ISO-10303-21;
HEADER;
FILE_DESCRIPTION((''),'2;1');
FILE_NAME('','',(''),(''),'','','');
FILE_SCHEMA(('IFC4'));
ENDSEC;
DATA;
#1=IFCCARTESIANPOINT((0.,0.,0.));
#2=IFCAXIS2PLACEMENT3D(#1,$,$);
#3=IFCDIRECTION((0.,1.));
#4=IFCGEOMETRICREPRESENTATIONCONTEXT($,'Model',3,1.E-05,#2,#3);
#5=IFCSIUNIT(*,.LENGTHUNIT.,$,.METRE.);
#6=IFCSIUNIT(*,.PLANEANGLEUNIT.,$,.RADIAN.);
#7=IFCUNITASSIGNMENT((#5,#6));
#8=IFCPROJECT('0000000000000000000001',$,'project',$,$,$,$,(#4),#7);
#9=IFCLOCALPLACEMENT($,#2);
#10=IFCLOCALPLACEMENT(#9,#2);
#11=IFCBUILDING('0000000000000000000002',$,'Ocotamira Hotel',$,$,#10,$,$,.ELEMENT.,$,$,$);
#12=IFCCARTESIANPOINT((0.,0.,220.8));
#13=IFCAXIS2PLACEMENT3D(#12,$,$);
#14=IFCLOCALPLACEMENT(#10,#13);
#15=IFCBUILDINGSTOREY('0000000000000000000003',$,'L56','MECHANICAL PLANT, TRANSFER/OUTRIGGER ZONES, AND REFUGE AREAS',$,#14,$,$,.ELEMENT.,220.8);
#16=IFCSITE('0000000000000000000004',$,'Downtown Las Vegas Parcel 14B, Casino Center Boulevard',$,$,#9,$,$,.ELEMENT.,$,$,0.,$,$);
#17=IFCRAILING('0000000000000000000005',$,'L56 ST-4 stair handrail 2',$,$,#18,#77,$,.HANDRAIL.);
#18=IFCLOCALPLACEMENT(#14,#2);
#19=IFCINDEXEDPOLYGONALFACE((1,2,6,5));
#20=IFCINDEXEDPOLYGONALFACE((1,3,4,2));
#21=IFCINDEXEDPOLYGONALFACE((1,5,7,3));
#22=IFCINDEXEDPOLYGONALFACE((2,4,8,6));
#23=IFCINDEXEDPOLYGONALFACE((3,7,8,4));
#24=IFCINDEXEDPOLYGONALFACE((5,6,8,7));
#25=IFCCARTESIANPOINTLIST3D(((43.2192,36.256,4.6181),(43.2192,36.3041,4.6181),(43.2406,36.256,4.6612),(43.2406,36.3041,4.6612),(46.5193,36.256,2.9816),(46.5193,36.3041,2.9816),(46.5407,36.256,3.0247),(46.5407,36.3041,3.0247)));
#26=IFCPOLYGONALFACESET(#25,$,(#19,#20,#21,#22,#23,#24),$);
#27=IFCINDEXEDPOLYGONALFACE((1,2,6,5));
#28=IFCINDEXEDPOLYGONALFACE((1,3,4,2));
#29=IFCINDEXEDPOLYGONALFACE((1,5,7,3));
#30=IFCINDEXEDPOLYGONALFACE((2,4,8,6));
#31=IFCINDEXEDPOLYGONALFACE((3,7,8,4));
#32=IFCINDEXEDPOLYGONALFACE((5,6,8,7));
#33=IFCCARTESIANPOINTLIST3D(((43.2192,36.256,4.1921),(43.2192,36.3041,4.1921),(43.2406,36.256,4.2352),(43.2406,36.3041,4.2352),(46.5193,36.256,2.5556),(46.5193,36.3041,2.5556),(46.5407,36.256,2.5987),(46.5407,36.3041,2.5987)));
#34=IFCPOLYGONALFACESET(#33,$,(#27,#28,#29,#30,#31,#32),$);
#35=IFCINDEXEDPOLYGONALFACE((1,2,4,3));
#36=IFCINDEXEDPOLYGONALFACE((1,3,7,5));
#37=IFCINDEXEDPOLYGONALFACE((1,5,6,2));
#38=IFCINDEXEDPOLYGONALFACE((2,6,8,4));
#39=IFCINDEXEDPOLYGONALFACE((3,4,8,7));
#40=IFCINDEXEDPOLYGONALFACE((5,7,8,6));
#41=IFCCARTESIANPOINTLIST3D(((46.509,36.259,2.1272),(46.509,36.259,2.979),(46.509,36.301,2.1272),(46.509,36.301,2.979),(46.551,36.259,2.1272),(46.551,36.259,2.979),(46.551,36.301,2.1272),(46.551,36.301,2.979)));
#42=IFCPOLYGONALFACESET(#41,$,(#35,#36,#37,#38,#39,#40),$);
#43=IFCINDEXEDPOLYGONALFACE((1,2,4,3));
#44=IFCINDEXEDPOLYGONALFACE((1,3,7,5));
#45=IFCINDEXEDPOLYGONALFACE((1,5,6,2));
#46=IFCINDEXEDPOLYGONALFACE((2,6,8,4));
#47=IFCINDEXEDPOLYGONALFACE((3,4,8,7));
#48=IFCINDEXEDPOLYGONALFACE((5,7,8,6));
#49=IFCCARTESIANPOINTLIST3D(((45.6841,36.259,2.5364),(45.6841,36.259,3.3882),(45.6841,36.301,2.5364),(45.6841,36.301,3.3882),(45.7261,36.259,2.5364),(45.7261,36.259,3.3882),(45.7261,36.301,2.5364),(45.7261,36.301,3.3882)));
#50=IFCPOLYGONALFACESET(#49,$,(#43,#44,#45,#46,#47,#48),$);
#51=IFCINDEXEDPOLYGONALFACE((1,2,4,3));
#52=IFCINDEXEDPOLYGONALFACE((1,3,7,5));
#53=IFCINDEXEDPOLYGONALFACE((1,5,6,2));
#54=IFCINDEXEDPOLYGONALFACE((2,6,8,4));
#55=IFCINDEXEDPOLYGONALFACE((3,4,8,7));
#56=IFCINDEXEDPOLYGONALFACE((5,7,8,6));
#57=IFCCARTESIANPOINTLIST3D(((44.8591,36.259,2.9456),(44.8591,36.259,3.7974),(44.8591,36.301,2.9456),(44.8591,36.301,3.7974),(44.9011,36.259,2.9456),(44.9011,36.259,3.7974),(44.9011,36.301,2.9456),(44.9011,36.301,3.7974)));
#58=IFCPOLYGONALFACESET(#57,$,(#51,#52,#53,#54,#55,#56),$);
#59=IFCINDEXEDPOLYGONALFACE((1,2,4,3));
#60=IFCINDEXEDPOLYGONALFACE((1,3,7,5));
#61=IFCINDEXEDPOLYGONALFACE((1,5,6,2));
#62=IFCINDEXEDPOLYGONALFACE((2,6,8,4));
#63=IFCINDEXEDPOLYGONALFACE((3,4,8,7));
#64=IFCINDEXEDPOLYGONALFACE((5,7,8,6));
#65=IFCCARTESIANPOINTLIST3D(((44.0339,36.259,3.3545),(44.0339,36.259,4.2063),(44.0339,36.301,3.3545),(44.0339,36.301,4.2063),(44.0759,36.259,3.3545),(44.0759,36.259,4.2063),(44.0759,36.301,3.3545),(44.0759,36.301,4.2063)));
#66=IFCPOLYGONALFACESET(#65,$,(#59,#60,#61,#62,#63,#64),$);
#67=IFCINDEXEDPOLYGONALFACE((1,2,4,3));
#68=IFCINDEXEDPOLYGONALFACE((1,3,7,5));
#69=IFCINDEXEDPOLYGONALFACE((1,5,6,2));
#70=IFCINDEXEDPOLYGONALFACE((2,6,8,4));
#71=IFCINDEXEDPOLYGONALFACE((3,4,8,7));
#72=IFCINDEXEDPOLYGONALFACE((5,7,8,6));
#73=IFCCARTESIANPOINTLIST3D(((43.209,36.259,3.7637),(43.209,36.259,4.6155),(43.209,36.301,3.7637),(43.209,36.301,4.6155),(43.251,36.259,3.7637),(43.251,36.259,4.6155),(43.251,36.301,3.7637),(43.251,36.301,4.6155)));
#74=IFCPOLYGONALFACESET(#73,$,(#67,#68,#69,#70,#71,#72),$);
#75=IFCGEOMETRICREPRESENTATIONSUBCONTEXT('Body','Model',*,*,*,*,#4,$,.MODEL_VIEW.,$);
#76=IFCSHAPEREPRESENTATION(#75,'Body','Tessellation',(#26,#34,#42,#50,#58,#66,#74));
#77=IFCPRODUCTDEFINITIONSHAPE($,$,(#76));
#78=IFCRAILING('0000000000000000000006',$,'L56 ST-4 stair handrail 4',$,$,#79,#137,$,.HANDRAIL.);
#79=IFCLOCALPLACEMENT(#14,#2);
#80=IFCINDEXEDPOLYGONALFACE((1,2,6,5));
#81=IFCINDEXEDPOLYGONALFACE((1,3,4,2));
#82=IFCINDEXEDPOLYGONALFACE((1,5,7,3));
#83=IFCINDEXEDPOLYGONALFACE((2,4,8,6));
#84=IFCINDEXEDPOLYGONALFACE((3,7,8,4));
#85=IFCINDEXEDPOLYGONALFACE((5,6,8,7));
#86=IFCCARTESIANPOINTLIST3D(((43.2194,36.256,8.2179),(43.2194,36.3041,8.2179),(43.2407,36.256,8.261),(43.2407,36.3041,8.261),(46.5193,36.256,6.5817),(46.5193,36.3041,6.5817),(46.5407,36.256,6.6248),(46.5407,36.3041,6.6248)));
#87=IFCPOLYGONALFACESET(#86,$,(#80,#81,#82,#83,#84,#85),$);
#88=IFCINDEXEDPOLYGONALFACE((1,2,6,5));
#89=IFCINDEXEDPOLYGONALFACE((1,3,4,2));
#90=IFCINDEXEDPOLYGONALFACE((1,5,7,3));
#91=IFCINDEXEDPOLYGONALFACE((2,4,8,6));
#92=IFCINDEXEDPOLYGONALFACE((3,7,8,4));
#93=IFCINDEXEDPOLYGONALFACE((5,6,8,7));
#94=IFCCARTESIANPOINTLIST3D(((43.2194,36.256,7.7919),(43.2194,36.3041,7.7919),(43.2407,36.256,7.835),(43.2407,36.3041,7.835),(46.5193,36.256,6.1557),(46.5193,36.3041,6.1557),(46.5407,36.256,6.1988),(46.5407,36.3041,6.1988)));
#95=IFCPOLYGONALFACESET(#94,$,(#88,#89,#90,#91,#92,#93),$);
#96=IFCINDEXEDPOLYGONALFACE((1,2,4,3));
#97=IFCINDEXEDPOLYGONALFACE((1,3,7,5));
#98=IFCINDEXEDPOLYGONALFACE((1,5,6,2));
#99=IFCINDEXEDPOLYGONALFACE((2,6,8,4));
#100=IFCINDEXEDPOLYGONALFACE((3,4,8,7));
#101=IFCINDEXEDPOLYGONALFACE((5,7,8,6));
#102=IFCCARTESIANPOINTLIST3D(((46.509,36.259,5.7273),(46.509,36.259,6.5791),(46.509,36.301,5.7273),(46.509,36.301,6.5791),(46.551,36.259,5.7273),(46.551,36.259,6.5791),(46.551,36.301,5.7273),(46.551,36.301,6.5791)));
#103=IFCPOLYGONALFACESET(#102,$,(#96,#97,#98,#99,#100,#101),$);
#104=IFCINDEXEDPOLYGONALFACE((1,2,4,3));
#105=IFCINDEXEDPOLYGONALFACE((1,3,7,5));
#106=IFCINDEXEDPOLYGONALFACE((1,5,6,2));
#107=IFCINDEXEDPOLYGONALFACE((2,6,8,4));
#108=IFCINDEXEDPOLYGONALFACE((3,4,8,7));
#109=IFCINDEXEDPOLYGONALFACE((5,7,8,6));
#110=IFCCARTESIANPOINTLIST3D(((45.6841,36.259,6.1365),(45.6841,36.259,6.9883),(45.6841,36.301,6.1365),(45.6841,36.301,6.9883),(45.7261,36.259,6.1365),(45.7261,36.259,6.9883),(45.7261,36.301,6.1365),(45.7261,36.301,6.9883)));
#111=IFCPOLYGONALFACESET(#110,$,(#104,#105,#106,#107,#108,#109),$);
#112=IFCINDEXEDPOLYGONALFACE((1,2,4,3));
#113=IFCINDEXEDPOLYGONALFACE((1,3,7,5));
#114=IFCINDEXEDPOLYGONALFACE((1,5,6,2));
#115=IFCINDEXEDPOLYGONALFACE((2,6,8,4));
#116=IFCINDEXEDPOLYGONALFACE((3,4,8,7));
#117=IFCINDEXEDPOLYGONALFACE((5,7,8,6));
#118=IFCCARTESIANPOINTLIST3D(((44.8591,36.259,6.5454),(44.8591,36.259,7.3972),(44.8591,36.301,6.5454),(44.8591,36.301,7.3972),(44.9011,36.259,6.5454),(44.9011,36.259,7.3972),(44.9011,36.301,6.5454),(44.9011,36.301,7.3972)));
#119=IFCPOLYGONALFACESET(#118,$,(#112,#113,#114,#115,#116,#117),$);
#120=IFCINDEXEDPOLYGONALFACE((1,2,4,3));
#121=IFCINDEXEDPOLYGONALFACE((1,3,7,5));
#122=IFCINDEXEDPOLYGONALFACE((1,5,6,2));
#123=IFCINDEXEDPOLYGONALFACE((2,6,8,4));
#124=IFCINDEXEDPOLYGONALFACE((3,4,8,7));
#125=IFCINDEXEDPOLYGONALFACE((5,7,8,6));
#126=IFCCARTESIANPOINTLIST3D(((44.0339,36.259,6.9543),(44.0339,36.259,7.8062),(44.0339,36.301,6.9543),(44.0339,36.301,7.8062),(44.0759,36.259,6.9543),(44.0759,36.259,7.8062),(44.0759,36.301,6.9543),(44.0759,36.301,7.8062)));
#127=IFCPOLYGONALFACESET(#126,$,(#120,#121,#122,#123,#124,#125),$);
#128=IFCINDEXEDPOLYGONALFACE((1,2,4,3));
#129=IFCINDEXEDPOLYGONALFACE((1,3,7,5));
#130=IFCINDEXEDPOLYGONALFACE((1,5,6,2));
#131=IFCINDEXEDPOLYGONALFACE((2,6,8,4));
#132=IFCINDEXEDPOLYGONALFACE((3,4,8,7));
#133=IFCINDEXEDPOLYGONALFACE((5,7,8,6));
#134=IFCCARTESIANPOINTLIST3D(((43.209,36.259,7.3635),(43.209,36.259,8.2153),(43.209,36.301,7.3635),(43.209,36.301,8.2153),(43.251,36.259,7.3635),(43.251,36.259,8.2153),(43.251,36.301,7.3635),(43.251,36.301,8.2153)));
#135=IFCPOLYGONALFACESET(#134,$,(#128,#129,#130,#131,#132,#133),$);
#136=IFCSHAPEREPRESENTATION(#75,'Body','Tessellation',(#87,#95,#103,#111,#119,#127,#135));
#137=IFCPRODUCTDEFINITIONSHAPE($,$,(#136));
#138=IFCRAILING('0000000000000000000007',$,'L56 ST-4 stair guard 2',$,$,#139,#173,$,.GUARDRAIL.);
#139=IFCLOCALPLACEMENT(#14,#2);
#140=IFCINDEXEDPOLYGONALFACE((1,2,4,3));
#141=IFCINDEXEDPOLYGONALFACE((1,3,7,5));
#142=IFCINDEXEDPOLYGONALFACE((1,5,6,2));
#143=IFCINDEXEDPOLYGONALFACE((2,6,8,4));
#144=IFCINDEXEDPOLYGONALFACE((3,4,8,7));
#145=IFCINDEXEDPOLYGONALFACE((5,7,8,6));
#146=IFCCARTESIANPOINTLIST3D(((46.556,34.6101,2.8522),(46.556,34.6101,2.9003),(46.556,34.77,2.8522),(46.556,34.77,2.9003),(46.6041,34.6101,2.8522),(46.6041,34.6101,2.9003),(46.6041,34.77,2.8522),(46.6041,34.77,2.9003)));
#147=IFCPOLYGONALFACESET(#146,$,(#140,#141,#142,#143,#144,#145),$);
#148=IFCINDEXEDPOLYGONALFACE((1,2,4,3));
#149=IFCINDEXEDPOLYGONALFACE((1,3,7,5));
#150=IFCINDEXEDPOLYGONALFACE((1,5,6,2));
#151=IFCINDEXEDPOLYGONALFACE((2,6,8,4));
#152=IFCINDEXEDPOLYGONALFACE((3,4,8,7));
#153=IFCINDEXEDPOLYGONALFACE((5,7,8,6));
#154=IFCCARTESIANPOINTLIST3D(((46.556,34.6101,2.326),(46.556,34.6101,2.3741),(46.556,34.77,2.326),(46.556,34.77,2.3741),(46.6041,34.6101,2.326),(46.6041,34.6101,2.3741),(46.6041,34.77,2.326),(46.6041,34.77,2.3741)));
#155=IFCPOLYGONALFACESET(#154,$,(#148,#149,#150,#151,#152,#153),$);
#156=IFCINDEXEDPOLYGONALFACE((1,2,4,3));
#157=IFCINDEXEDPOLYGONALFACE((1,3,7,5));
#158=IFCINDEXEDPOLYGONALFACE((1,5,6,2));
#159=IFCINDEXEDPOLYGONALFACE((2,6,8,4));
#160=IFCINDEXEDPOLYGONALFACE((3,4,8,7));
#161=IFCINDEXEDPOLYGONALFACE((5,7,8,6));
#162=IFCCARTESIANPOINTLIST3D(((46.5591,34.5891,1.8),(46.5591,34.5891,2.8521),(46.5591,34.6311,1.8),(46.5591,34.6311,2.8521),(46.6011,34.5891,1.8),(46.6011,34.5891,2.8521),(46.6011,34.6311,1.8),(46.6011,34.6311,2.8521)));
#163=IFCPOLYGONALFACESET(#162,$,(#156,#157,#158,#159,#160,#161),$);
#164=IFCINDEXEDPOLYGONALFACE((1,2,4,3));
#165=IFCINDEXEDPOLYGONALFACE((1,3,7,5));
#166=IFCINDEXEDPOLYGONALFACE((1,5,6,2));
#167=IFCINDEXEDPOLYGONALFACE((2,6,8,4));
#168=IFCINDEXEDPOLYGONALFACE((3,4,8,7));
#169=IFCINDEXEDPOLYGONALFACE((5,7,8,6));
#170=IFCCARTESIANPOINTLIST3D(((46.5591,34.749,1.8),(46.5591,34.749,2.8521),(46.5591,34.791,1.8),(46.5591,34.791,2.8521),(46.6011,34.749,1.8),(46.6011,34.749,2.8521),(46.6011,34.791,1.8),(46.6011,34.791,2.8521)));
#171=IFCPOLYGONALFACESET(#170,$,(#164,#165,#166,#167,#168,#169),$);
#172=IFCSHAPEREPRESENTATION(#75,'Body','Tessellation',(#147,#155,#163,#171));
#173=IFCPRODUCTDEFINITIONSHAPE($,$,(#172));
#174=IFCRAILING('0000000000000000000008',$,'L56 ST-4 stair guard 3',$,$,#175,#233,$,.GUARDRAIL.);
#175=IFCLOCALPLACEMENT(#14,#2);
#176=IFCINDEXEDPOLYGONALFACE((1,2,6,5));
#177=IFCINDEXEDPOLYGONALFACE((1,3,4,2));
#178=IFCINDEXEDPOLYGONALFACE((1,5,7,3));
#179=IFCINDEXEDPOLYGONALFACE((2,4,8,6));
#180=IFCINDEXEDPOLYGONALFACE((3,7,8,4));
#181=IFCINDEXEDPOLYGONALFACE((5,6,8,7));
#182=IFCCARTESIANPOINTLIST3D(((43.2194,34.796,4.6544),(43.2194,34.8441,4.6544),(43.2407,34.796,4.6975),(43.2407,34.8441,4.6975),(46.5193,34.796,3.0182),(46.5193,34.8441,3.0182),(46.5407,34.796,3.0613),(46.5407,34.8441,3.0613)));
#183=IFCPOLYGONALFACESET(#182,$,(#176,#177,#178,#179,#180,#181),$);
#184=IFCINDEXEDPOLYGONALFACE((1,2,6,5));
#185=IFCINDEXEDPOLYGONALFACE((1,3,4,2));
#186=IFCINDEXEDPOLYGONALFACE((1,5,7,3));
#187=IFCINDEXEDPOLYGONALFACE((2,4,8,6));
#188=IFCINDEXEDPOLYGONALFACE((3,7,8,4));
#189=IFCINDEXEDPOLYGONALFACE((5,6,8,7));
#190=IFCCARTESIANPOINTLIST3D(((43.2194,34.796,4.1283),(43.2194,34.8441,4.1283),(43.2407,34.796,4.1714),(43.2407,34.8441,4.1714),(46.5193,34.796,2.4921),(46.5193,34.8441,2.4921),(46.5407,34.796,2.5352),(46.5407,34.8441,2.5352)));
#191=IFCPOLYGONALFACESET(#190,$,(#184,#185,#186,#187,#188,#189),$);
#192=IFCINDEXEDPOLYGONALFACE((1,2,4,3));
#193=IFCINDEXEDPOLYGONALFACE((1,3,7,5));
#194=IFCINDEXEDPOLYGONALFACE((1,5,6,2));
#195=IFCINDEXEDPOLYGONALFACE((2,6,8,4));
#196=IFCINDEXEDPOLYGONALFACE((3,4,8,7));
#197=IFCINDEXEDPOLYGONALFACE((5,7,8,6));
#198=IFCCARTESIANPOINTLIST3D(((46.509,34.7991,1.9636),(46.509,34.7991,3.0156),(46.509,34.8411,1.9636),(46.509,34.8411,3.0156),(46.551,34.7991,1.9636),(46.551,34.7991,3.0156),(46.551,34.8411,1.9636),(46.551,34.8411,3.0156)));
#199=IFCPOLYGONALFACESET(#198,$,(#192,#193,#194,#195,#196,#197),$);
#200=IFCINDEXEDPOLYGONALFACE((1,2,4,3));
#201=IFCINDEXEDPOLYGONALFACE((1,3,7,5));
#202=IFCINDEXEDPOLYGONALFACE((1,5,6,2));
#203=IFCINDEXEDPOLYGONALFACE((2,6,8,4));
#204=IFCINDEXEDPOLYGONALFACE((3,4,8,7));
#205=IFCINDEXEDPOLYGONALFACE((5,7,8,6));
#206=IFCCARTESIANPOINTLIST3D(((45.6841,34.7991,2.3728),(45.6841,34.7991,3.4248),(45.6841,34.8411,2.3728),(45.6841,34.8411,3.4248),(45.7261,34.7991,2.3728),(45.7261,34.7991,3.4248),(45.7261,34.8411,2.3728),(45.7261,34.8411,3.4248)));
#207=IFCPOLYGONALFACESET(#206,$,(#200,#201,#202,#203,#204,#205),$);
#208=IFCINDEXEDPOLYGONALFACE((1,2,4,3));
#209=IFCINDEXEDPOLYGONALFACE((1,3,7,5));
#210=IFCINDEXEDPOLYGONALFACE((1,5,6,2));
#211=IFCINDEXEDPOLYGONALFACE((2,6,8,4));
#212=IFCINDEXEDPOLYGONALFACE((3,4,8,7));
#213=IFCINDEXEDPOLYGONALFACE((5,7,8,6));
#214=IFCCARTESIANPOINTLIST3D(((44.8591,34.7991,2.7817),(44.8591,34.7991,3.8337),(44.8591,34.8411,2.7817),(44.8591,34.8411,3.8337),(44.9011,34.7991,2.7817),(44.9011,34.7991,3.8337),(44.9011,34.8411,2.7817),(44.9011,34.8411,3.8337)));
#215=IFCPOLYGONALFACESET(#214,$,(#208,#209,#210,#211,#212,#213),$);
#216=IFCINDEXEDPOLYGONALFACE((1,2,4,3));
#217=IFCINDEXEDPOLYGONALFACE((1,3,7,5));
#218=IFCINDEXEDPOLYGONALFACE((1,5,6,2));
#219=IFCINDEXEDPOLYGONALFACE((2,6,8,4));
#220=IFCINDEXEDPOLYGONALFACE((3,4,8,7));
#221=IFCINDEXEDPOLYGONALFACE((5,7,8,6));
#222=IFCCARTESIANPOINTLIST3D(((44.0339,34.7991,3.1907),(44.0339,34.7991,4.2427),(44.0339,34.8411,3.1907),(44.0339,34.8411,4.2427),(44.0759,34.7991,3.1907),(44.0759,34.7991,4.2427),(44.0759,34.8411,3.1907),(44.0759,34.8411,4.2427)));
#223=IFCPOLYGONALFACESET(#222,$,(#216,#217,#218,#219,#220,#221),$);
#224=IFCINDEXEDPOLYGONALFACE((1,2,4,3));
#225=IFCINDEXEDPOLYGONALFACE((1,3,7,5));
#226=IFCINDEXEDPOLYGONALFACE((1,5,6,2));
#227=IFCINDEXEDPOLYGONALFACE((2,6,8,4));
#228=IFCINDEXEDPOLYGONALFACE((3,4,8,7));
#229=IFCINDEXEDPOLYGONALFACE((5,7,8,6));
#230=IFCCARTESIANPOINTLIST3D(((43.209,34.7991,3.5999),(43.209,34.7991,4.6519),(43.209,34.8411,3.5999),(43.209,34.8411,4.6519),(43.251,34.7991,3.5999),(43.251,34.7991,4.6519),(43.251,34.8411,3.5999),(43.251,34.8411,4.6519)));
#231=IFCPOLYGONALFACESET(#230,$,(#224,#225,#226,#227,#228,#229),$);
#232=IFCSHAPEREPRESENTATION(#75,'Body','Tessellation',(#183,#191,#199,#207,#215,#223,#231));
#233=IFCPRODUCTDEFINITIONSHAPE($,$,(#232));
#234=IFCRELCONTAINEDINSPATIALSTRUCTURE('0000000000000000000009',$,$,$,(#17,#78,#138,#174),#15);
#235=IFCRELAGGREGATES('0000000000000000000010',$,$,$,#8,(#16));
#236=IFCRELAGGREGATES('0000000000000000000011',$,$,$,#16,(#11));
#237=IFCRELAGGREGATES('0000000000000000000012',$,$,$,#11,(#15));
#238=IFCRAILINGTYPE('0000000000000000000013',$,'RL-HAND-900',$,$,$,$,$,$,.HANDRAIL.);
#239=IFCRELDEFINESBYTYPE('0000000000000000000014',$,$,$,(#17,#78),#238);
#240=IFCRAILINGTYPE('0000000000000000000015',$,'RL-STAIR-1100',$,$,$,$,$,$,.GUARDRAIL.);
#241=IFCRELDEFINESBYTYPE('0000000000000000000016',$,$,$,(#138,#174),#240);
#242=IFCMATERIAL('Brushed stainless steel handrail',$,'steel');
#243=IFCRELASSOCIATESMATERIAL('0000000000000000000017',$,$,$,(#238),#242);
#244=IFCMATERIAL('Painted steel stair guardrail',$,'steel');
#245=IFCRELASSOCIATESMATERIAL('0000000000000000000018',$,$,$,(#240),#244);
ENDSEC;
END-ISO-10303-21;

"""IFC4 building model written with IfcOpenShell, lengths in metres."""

from ifc_helpers import new_model, si_unit, direction, frame, origin, origin_2d, place, context, subcontext, project, spatial, rectangle, extrude, material, type_object, element, save


model = new_model("IFC4")

# Units and contexts
model_context = context("Model", 3, precision=1e-05, world=origin(), true_north=direction((0.0, 1.0)))
body_context = subcontext(model_context, "Body", "Model", "MODEL_VIEW")
ifc_project = project(units=[si_unit("LENGTHUNIT", "METRE"), si_unit("PLANEANGLEUNIT", "RADIAN")], contexts=[model_context])

# Site, building, storey
site_placement = place(None, origin())
site = spatial("IfcSite", under=ifc_project, at=site_placement, Name="Downtown Las Vegas Parcel 14B, Casino Center Boulevard", CompositionType="ELEMENT", RefElevation=0.0)
building_placement = place(site_placement, origin())
building = spatial("IfcBuilding", under=site, at=building_placement, Name="Ocotamira Hotel", CompositionType="ELEMENT")
storey_placement = place(building_placement, frame((0.0, 0.0, 220.8)))
storey = spatial("IfcBuildingStorey", under=building, at=storey_placement, Name="L56", Description="MECHANICAL PLANT, TRANSFER/OUTRIGGER ZONES, AND REFUGE AREAS", CompositionType="ELEMENT", Elevation=220.8)

# Railings
ifc_material_1 = material(Name="Brushed stainless steel handrail", Category="steel")
railing_type_1 = type_object("IfcRailingType", Name="RL-HAND-900", PredefinedType="HANDRAIL", material=ifc_material_1)
railing_1_placement = place(storey_placement, frame((46.53, 36.28, 2.1272)))
element("IfcRailing", 1, at=railing_1_placement, inside=storey, type_object=railing_type_1, Name="L56 ST-4 stair handrail 2", PredefinedType="HANDRAIL", context=body_context, shape_type="SweptSolid", body=[
    extrude(rectangle(XDim=0.0481, YDim=0.0481, at=origin_2d()), frame((0.0, 0.0, 0.876), z_axis=(-0.895894, 0.0, 0.444268), x_axis=(0.0, -1.0, 0.0)), (0.0, 0.0, 1.0), 3.6836),
    extrude(rectangle(XDim=0.0481, YDim=0.0481, at=origin_2d()), frame((0.0, 0.0, 0.45), z_axis=(-0.895894, 0.0, 0.444268), x_axis=(0.0, -1.0, 0.0)), (0.0, 0.0, 1.0), 3.6836),
    extrude(rectangle(XDim=0.042, YDim=0.042, at=origin_2d()), origin(), (0.0, 0.0, 1.0), 0.8518),
    extrude(rectangle(XDim=0.042, YDim=0.042, at=origin_2d()), frame((-0.825, 0.0, 0.4092)), (0.0, 0.0, 1.0), 0.8518),
    extrude(rectangle(XDim=0.042, YDim=0.042, at=origin_2d()), frame((-1.6499, 0.0, 0.8184)), (0.0, 0.0, 1.0), 0.8518),
    extrude(rectangle(XDim=0.042, YDim=0.042, at=origin_2d()), frame((-2.4751, 0.0, 1.2273)), (0.0, 0.0, 1.0), 0.8518),
    extrude(rectangle(XDim=0.042, YDim=0.042, at=origin_2d()), frame((-3.3, 0.0, 1.6365)), (0.0, 0.0, 1.0), 0.8518),
])
railing_2_placement = place(storey_placement, frame((46.53, 36.28, 5.7273)))
element("IfcRailing", 2, at=railing_2_placement, inside=storey, type_object=railing_type_1, Name="L56 ST-4 stair handrail 4", PredefinedType="HANDRAIL", context=body_context, shape_type="SweptSolid", body=[
    extrude(rectangle(XDim=0.0481, YDim=0.0481, at=origin_2d()), frame((0.0, 0.0, 0.876), z_axis=(-0.89592, 0.0, 0.444215), x_axis=(0.0, -1.0, 0.0)), (0.0, 0.0, 1.0), 3.6833),
    extrude(rectangle(XDim=0.0481, YDim=0.0481, at=origin_2d()), frame((0.0, 0.0, 0.45), z_axis=(-0.89592, 0.0, 0.444215), x_axis=(0.0, -1.0, 0.0)), (0.0, 0.0, 1.0), 3.6833),
    extrude(rectangle(XDim=0.042, YDim=0.042, at=origin_2d()), origin(), (0.0, 0.0, 1.0), 0.8518),
    extrude(rectangle(XDim=0.042, YDim=0.042, at=origin_2d()), frame((-0.825, 0.0, 0.4092)), (0.0, 0.0, 1.0), 0.8518),
    extrude(rectangle(XDim=0.042, YDim=0.042, at=origin_2d()), frame((-1.6499, 0.0, 0.8181)), (0.0, 0.0, 1.0), 0.8518),
    extrude(rectangle(XDim=0.042, YDim=0.042, at=origin_2d()), frame((-2.4751, 0.0, 1.2271)), (0.0, 0.0, 1.0), 0.8518),
    extrude(rectangle(XDim=0.042, YDim=0.042, at=origin_2d()), frame((-3.3, 0.0, 1.6362)), (0.0, 0.0, 1.0), 0.8518),
])
ifc_material_2 = material(Name="Painted steel stair guardrail", Category="steel")
railing_type_2 = type_object("IfcRailingType", Name="RL-STAIR-1100", PredefinedType="GUARDRAIL", material=ifc_material_2)
railing_3_placement = place(storey_placement, frame((46.5801, 34.6101, 1.8)))
element("IfcRailing", 3, at=railing_3_placement, inside=storey, type_object=railing_type_2, Name="L56 ST-4 stair guard 2", PredefinedType="GUARDRAIL", context=body_context, shape_type="SweptSolid", body=[
    extrude(rectangle(XDim=0.0481, YDim=0.0481, at=origin_2d()), frame((0.0, 0.0, 1.0762), z_axis=(0.0, 1.0, 0.0), x_axis=(-1.0, 0.0, 0.0)), (0.0, 0.0, 1.0), 0.1599),
    extrude(rectangle(XDim=0.0481, YDim=0.0481, at=origin_2d()), frame((0.0, 0.0, 0.55), z_axis=(0.0, 1.0, 0.0), x_axis=(-1.0, 0.0, 0.0)), (0.0, 0.0, 1.0), 0.1599),
    extrude(rectangle(XDim=0.042, YDim=0.042, at=origin_2d()), origin(), (0.0, 0.0, 1.0), 1.052),
    extrude(rectangle(XDim=0.042, YDim=0.042, at=origin_2d()), frame((0.0, 0.1599, 0.0)), (0.0, 0.0, 1.0), 1.052),
])
railing_4_placement = place(storey_placement, frame((46.53, 34.8201, 1.9636)))
element("IfcRailing", 4, at=railing_4_placement, inside=storey, type_object=railing_type_2, Name="L56 ST-4 stair guard 3", PredefinedType="GUARDRAIL", context=body_context, shape_type="SweptSolid", body=[
    extrude(rectangle(XDim=0.0481, YDim=0.0481, at=origin_2d()), frame((0.0, 0.0, 1.0762), z_axis=(-0.89592, 0.0, 0.444215), x_axis=(0.0, -1.0, 0.0)), (0.0, 0.0, 1.0), 3.6833),
    extrude(rectangle(XDim=0.0481, YDim=0.0481, at=origin_2d()), frame((0.0, 0.0, 0.55), z_axis=(-0.89592, 0.0, 0.444215), x_axis=(0.0, -1.0, 0.0)), (0.0, 0.0, 1.0), 3.6833),
    extrude(rectangle(XDim=0.042, YDim=0.042, at=origin_2d()), origin(), (0.0, 0.0, 1.0), 1.052),
    extrude(rectangle(XDim=0.042, YDim=0.042, at=origin_2d()), frame((-0.825, 0.0, 0.4092)), (0.0, 0.0, 1.0), 1.052),
    extrude(rectangle(XDim=0.042, YDim=0.042, at=origin_2d()), frame((-1.6499, 0.0, 0.8181)), (0.0, 0.0, 1.0), 1.052),
    extrude(rectangle(XDim=0.042, YDim=0.042, at=origin_2d()), frame((-2.4751, 0.0, 1.2271)), (0.0, 0.0, 1.0), 1.052),
    extrude(rectangle(XDim=0.042, YDim=0.042, at=origin_2d()), frame((-3.3, 0.0, 1.6362)), (0.0, 0.0, 1.0), 1.052),
])

save(model, "model.ifc")
